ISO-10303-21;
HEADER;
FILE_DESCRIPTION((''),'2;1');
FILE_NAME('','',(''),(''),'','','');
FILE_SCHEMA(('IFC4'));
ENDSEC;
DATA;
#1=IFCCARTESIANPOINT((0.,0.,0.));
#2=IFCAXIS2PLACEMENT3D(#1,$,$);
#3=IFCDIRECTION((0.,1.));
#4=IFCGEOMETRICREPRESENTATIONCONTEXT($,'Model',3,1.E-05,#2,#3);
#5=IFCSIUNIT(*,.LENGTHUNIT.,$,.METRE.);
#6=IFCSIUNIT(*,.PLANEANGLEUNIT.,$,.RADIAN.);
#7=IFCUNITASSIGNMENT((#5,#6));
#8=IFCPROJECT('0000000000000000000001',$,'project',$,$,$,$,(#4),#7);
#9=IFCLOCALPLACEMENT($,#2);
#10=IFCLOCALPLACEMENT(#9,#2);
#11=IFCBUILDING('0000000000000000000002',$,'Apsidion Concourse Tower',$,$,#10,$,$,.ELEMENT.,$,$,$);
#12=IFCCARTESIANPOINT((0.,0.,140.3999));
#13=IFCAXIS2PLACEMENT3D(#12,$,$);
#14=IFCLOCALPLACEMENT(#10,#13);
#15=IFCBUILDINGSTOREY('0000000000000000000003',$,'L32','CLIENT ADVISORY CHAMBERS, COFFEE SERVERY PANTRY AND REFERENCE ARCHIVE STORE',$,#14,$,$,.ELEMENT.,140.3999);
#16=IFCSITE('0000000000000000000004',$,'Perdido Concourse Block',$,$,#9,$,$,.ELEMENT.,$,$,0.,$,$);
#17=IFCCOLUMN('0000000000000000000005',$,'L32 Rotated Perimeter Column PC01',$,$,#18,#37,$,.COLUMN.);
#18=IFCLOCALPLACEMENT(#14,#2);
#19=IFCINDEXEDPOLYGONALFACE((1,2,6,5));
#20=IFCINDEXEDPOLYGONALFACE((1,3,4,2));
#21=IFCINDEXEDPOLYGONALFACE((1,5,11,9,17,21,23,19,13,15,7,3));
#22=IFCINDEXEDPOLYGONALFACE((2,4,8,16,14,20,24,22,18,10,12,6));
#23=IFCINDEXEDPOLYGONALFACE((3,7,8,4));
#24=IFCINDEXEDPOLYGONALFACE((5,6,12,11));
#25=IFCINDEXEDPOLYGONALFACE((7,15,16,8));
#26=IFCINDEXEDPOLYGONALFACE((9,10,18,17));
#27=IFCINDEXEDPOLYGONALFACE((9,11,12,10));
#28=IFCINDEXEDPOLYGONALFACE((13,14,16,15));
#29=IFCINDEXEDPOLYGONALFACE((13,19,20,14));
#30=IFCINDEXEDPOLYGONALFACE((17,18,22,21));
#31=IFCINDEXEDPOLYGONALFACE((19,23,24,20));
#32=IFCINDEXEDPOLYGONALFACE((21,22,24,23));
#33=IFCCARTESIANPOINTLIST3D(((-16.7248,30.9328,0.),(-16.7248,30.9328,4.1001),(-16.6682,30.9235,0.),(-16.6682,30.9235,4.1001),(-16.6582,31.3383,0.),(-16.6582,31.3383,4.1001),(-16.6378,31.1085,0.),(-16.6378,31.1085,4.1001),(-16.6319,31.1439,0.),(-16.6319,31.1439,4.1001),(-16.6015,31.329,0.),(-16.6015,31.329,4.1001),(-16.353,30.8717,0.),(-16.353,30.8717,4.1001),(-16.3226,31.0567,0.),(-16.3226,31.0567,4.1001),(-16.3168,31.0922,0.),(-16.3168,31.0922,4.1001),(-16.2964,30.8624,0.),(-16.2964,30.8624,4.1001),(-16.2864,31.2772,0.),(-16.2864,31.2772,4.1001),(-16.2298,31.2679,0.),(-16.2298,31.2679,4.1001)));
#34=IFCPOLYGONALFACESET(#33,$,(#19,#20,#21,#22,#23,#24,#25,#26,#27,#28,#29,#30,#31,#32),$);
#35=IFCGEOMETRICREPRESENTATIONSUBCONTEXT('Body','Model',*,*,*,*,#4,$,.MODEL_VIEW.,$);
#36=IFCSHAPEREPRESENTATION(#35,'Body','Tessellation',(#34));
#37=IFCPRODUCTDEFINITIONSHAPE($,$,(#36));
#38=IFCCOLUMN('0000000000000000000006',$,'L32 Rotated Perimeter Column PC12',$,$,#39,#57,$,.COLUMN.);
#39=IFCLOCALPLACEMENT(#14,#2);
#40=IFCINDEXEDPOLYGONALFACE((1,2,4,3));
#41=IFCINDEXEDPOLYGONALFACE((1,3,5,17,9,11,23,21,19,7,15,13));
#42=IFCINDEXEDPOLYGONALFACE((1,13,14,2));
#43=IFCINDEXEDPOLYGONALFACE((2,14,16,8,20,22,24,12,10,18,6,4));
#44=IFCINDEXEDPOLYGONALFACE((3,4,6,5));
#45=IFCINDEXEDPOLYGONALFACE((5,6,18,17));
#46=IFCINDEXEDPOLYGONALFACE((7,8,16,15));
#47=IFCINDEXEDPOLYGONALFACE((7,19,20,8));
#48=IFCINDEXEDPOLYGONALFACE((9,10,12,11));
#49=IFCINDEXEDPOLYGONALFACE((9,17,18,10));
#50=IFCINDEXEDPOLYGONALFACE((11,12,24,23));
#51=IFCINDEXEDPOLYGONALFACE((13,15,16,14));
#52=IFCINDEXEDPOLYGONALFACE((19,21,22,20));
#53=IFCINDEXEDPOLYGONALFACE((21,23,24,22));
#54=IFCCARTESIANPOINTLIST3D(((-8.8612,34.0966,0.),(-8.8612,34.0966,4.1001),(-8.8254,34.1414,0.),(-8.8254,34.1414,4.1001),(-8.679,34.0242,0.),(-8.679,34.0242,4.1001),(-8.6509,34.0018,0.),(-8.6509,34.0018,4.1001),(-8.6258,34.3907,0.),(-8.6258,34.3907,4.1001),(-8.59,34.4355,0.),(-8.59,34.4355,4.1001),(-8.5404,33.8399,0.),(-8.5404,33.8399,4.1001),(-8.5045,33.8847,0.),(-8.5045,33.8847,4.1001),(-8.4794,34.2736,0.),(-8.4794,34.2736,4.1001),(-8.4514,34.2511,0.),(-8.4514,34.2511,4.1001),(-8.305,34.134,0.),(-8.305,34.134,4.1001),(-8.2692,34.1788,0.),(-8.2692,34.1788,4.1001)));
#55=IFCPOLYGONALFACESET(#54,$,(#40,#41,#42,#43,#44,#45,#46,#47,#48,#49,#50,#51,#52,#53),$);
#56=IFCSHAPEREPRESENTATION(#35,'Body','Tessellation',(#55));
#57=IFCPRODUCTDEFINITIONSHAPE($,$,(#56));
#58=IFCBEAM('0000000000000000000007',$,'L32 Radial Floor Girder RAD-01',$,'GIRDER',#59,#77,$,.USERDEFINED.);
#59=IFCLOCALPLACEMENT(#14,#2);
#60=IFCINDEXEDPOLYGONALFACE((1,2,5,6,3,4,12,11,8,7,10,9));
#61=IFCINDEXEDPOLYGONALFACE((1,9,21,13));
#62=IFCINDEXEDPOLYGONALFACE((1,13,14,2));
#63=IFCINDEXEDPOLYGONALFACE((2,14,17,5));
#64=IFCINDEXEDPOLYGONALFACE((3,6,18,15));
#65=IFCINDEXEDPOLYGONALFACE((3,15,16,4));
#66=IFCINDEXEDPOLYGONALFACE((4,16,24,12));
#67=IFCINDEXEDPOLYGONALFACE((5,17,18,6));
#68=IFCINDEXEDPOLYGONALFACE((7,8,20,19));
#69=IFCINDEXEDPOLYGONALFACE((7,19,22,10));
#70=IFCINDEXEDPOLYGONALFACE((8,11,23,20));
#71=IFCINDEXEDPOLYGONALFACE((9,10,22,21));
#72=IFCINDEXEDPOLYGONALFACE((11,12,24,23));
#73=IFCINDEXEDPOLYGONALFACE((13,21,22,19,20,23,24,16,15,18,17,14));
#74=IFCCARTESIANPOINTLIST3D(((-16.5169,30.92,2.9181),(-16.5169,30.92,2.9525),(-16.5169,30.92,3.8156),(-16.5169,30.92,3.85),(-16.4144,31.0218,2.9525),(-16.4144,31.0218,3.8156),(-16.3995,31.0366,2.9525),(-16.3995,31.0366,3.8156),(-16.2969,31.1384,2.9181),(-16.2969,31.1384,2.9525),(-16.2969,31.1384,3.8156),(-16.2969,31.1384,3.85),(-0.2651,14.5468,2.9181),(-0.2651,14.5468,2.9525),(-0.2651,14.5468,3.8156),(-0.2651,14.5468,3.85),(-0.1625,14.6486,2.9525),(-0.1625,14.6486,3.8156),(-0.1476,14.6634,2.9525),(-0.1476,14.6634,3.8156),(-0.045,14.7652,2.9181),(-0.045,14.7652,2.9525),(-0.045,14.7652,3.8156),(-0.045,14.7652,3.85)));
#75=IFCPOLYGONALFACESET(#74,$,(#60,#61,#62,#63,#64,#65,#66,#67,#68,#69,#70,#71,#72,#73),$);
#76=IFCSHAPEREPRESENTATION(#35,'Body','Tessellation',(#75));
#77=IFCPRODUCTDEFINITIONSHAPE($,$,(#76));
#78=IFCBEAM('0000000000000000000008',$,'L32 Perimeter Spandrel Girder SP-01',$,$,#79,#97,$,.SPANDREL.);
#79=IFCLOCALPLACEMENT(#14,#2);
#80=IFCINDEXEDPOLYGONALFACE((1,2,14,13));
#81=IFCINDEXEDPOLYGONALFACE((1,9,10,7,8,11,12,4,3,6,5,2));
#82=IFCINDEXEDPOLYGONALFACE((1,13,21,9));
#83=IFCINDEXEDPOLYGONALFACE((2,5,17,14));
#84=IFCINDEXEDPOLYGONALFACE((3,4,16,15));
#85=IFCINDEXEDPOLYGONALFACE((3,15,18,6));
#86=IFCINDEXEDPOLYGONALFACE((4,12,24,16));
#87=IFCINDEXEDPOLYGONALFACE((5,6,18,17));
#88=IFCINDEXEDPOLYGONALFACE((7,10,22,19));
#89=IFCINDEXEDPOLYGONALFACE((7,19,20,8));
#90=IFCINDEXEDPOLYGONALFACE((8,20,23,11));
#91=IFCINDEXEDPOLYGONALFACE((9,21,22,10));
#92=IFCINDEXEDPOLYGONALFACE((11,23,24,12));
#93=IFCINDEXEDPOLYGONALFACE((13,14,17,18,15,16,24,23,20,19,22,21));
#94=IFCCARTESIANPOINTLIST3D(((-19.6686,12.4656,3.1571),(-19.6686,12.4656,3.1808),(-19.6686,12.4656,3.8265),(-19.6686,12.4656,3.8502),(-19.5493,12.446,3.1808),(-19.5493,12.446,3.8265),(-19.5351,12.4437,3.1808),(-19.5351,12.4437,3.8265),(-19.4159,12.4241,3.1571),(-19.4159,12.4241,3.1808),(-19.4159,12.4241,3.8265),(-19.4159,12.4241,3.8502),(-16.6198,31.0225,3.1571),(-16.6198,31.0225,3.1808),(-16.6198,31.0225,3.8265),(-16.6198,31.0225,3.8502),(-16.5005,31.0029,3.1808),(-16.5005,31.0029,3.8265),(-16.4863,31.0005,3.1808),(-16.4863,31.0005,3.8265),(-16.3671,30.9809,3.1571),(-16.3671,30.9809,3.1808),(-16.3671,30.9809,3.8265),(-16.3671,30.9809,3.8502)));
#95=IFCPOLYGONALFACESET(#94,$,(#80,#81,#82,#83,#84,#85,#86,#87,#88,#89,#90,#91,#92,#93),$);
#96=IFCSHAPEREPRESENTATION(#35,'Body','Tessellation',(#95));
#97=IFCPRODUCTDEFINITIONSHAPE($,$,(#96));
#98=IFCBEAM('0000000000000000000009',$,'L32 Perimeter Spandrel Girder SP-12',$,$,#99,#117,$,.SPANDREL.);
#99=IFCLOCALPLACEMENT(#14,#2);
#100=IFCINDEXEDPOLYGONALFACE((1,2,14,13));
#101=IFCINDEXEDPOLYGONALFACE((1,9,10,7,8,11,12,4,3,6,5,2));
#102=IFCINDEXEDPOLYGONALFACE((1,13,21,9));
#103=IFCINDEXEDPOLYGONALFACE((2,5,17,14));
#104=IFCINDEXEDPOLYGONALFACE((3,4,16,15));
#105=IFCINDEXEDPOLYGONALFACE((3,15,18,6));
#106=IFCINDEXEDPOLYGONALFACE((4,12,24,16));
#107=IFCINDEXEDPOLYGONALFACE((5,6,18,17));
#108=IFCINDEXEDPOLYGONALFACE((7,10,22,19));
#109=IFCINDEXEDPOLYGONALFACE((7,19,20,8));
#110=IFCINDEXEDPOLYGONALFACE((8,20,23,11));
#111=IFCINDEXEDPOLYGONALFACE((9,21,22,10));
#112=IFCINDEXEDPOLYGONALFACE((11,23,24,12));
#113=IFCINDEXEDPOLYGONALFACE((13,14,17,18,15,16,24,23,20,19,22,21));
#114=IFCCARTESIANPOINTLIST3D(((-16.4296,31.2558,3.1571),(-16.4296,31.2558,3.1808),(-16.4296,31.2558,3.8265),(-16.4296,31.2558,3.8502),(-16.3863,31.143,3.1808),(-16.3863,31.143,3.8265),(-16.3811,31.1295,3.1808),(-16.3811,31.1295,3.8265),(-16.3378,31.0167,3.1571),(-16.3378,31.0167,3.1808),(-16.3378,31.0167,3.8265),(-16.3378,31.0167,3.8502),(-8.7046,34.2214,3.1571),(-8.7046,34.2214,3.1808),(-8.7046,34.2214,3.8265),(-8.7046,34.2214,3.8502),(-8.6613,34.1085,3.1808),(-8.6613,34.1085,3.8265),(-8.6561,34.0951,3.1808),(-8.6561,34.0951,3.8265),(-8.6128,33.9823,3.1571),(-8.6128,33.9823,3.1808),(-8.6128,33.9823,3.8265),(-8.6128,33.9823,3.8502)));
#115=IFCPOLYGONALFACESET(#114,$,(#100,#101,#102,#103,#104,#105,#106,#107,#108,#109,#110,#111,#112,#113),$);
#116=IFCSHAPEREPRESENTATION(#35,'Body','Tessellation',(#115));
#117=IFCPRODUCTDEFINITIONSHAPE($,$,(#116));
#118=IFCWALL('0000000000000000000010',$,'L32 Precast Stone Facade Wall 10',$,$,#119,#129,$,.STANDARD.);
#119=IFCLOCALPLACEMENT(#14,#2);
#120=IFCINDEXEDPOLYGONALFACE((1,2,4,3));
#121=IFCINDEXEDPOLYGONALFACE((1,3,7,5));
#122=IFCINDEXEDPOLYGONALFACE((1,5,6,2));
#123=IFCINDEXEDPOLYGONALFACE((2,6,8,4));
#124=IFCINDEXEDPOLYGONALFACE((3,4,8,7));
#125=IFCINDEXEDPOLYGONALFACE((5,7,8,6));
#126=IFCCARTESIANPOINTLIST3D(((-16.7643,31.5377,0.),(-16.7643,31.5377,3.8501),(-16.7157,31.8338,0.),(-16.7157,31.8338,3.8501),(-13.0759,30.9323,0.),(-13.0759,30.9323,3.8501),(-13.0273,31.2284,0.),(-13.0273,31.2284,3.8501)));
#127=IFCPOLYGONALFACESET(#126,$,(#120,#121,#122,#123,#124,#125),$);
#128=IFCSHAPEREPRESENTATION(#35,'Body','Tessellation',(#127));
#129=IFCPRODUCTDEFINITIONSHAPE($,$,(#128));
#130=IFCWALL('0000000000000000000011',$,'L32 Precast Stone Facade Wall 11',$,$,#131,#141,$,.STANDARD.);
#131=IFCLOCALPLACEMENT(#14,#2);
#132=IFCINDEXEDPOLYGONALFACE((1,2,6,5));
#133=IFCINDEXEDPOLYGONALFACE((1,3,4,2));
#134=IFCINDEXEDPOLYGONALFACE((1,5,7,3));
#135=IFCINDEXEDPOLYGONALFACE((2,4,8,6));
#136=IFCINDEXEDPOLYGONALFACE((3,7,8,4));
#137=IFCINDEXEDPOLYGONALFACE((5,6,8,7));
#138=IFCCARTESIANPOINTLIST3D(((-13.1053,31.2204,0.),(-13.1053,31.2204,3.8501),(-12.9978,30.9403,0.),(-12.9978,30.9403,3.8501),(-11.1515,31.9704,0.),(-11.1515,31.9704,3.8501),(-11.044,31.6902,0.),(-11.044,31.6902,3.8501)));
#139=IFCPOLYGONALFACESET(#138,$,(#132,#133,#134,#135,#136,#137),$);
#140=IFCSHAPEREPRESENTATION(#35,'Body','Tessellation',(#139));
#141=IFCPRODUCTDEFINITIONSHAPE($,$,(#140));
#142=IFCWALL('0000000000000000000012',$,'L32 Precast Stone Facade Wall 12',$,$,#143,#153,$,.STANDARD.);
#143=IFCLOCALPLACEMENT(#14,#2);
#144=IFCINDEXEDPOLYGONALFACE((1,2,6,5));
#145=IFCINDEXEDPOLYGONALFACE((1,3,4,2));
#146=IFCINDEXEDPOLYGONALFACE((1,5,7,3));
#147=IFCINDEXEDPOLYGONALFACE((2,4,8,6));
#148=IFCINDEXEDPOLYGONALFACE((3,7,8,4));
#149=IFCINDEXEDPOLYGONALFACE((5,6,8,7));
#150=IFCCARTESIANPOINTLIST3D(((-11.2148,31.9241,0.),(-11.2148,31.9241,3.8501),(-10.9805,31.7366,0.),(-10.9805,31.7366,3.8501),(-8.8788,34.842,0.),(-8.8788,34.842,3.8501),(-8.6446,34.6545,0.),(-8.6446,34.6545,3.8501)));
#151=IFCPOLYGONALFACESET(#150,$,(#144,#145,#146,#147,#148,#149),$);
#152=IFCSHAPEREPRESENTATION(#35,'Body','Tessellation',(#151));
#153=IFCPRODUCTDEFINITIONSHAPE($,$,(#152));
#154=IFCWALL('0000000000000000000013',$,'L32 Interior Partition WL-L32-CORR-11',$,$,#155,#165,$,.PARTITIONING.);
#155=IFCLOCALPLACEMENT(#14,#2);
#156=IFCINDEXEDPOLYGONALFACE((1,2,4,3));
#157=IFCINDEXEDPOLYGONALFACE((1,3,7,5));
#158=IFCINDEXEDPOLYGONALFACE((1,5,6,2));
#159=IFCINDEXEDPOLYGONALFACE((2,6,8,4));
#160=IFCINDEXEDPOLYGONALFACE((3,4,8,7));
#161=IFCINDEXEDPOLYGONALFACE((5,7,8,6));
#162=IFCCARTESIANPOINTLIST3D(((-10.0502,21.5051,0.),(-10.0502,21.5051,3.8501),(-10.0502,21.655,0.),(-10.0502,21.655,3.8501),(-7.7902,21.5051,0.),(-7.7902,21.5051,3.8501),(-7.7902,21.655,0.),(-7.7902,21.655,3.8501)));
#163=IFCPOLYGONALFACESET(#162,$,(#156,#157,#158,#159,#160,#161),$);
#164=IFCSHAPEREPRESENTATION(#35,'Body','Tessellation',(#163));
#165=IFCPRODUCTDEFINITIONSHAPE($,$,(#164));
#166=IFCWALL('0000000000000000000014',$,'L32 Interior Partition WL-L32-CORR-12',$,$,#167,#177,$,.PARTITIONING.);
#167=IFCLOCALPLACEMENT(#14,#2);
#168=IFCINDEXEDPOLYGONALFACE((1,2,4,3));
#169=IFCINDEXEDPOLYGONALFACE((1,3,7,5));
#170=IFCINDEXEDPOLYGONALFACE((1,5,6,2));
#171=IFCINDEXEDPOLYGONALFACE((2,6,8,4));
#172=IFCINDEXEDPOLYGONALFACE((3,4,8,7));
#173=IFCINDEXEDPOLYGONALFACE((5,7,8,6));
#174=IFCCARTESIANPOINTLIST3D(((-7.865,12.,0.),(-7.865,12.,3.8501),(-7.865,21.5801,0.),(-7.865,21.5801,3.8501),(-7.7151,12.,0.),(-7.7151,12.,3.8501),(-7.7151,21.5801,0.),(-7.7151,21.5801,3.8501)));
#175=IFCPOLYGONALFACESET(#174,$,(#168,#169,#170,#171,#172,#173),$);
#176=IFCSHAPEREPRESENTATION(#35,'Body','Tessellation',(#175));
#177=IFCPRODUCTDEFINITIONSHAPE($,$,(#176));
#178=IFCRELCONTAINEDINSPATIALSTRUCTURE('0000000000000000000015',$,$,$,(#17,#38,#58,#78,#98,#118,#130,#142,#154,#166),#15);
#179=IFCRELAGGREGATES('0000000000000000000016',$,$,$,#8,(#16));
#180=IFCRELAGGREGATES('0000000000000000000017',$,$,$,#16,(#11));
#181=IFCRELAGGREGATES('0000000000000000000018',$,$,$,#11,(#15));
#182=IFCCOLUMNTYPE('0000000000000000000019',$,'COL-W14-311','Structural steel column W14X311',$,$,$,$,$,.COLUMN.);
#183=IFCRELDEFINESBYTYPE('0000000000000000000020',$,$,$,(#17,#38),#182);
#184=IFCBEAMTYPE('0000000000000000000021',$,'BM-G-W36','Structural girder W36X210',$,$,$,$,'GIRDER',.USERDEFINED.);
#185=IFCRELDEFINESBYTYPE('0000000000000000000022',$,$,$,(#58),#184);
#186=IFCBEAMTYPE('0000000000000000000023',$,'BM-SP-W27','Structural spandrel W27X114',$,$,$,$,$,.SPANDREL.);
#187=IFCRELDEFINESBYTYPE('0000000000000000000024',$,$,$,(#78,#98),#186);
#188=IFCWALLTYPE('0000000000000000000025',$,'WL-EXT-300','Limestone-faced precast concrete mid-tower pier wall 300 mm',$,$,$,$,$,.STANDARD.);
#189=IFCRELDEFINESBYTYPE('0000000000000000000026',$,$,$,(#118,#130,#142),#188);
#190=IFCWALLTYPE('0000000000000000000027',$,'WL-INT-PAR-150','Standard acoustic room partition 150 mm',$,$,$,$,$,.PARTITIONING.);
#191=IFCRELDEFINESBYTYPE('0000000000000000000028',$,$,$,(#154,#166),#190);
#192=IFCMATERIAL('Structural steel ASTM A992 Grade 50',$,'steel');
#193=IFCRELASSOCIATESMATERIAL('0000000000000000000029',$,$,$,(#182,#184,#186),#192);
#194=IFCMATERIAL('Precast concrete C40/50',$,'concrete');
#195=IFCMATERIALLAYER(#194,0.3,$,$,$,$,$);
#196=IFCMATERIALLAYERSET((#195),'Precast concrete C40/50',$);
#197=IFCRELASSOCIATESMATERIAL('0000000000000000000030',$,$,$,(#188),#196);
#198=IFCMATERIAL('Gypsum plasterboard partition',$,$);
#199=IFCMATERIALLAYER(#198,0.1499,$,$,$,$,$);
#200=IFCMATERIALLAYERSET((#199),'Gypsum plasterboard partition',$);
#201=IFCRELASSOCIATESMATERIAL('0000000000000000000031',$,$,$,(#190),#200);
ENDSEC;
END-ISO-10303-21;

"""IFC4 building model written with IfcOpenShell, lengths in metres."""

from ifc_helpers import new_model, si_unit, direction, frame, frame_2d, origin, origin_2d, place, context, subcontext, project, spatial, rectangle, i_section, extrude, material, layer, layer_set, material_profile, profile_set, type_object, element, save


model = new_model("IFC4")

# Units and contexts
model_context = context("Model", 3, precision=1e-05, world=origin(), true_north=direction((0.0, 1.0)))
body_context = subcontext(model_context, "Body", "Model", "MODEL_VIEW")
ifc_project = project(units=[si_unit("LENGTHUNIT", "METRE"), si_unit("PLANEANGLEUNIT", "RADIAN")], contexts=[model_context])

# Site, building, storey
site_placement = place(None, origin())
site = spatial("IfcSite", under=ifc_project, at=site_placement, Name="Perdido Concourse Block", CompositionType="ELEMENT", RefElevation=0.0)
building_placement = place(site_placement, origin())
building = spatial("IfcBuilding", under=site, at=building_placement, Name="Apsidion Concourse Tower", CompositionType="ELEMENT")
storey_placement = place(building_placement, frame((0.0, 0.0, 140.3999)))
storey = spatial("IfcBuildingStorey", under=building, at=storey_placement, Name="L32", Description="CLIENT ADVISORY CHAMBERS, COFFEE SERVERY PANTRY AND REFERENCE ARCHIVE STORE", CompositionType="ELEMENT", Elevation=140.3999)

# Columns
ifc_material_1 = material(Name="Structural steel ASTM A992 Grade 50", Category="steel")
ifc_material_profile_1 = material_profile(ifc_material_1, i_section(OverallWidth=0.4109, OverallDepth=0.4341, WebThickness=0.0359, FlangeThickness=0.0574, at=origin_2d()), Name="W14X311")
ifc_profile_set_1 = profile_set([ifc_material_profile_1], Name="Structural steel ASTM A992 Grade 50")
column_type = type_object("IfcColumnType", Name="COL-W14-311", Description="Structural steel column W14X311", PredefinedType="COLUMN", material=ifc_profile_set_1)
for number, where, z_axis, x_axis, name in (
    (1, (-16.4773, 31.1003, 0.0), (0.0, 0.0, 1.0), (0.162121, 0.986771, 0.0), "L32 Rotated Perimeter Column PC01"),
    (2, (-8.5652, 34.1377, 0.0), (0.0, 0.0, 1.0), (-0.780758, 0.624834, 0.0), "L32 Rotated Perimeter Column PC12"),
):
    element("IfcColumn", number, at=place(storey_placement, frame(where, z_axis=z_axis, x_axis=x_axis)), inside=storey, type_object=column_type, Name=name, PredefinedType="COLUMN", context=body_context, shape_type="SweptSolid", body=[
        extrude(i_section(OverallWidth=0.4109, OverallDepth=0.4341, WebThickness=0.0359, FlangeThickness=0.0574, at=origin_2d()), origin(), (0.0, 0.0, 1.0), 4.1001),
    ])

# Beams
ifc_material_profile_2 = material_profile(ifc_material_1, i_section(OverallWidth=0.3101, OverallDepth=0.9319, WebThickness=0.021, FlangeThickness=0.0344, at=origin_2d()), Name="W36X210")
ifc_profile_set_2 = profile_set([ifc_material_profile_2], Name="Structural steel ASTM A992 Grade 50")
beam_type_1 = type_object("IfcBeamType", Name="BM-G-W36", Description="Structural girder W36X210", ElementType="GIRDER", PredefinedType="USERDEFINED", material=ifc_profile_set_2)
beam_1_placement = place(storey_placement, frame((-0.155, 14.656, 3.384), z_axis=(-0.704472, 0.709732, 0.0), x_axis=(-0.709732, -0.704472, 0.0)))
element("IfcBeam", 3, at=beam_1_placement, inside=storey, type_object=beam_type_1, Name="L32 Radial Floor Girder RAD-01", ObjectType="GIRDER", PredefinedType="USERDEFINED", context=body_context, shape_type="SweptSolid", body=[
    extrude(i_section(OverallWidth=0.3101, OverallDepth=0.9319, WebThickness=0.021, FlangeThickness=0.0344, at=origin_2d()), origin(), (0.0, 0.0, 1.0), 23.0696),
])
ifc_material_profile_3 = material_profile(ifc_material_1, i_section(OverallWidth=0.2561, OverallDepth=0.6931, WebThickness=0.0144, FlangeThickness=0.0237, at=origin_2d()), Name="W27X114")
ifc_profile_set_3 = profile_set([ifc_material_profile_3], Name="Structural steel ASTM A992 Grade 50")
beam_type_2 = type_object("IfcBeamType", Name="BM-SP-W27", Description="Structural spandrel W27X114", PredefinedType="SPANDREL", material=ifc_profile_set_3)
beam_2_placement = place(storey_placement, frame((-16.4934, 31.0017, 3.5037), z_axis=(-0.162123, -0.986771, 0.0), x_axis=(0.986771, -0.162123, 0.0)))
element("IfcBeam", 4, at=beam_2_placement, inside=storey, type_object=beam_type_2, Name="L32 Perimeter Spandrel Girder SP-01", PredefinedType="SPANDREL", context=body_context, shape_type="SweptSolid", body=[
    extrude(i_section(OverallWidth=0.2561, OverallDepth=0.6931, WebThickness=0.0144, FlangeThickness=0.0237, at=origin_2d()), origin(), (0.0, 0.0, 1.0), 18.8057),
])
beam_3_placement = place(storey_placement, frame((-8.6587, 34.1018, 3.5037), z_axis=(-0.933573, -0.358388, 0.0), x_axis=(0.358388, -0.933573, 0.0)))
element("IfcBeam", 5, at=beam_3_placement, inside=storey, type_object=beam_type_2, Name="L32 Perimeter Spandrel Girder SP-12", PredefinedType="SPANDREL", context=body_context, shape_type="SweptSolid", body=[
    extrude(i_section(OverallWidth=0.2561, OverallDepth=0.6931, WebThickness=0.0144, FlangeThickness=0.0237, at=origin_2d()), origin(), (0.0, 0.0, 1.0), 8.2747),
])

# Shared definitions
ifc_material_2 = material(Name="Precast concrete C40/50", Category="concrete")
ifc_layer_1 = layer(ifc_material_2, 0.3)
ifc_layer_set_1 = layer_set([ifc_layer_1], Name="Precast concrete C40/50")
wall_type_1 = type_object("IfcWallType", Name="WL-EXT-300", Description="Limestone-faced precast concrete mid-tower pier wall 300 mm", PredefinedType="STANDARD", material=ifc_layer_set_1)

# Walls
wall_1_placement = place(storey_placement, frame((-16.74, 31.6858, 0.0), z_axis=(0.0, 0.0, 1.0), x_axis=(0.986793, -0.161984, 0.0)))
element("IfcWall", 6, at=wall_1_placement, inside=storey, type_object=wall_type_1, Name="L32 Precast Stone Facade Wall 10", PredefinedType="STANDARD", context=body_context, shape_type="SweptSolid", body=[
    extrude(rectangle(XDim=3.7378, YDim=0.3, at=frame_2d((1.8689, 0.0))), origin(), (0.0, 0.0, 1.0), 3.8501),
])
wall_2_placement = place(storey_placement, frame((-13.0515, 31.0803, 0.0), z_axis=(0.0, 0.0, 1.0), x_axis=(0.933583, 0.358361, 0.0)))
element("IfcWall", 7, at=wall_2_placement, inside=storey, type_object=wall_type_1, Name="L32 Precast Stone Facade Wall 11", PredefinedType="STANDARD", context=body_context, shape_type="SweptSolid", body=[
    extrude(rectangle(XDim=2.0928, YDim=0.3, at=frame_2d((1.0464, 0.0))), origin(), (0.0, 0.0, 1.0), 3.8501),
])
wall_3_placement = place(storey_placement, frame((-11.0977, 31.8303, 0.0), z_axis=(0.0, 0.0, 1.0), x_axis=(0.62495, 0.780665, 0.0)))
element("IfcWall", 8, at=wall_3_placement, inside=storey, type_object=wall_type_1, Name="L32 Precast Stone Facade Wall 12", PredefinedType="STANDARD", context=body_context, shape_type="SweptSolid", body=[
    extrude(rectangle(XDim=3.7378, YDim=0.3, at=frame_2d((1.8689, 0.0))), origin(), (0.0, 0.0, 1.0), 3.8501),
])
ifc_material_3 = material(Name="Gypsum plasterboard partition")
ifc_layer_2 = layer(ifc_material_3, 0.1499)
ifc_layer_set_2 = layer_set([ifc_layer_2], Name="Gypsum plasterboard partition")
wall_type_2 = type_object("IfcWallType", Name="WL-INT-PAR-150", Description="Standard acoustic room partition 150 mm", PredefinedType="PARTITIONING", material=ifc_layer_set_2)
wall_4_placement = place(storey_placement, frame((-10.05, 21.5801, 0.0), z_axis=(0.0, 0.0, 1.0), x_axis=(1.0, 0.0, 0.0)))
element("IfcWall", 9, at=wall_4_placement, inside=storey, type_object=wall_type_2, Name="L32 Interior Partition WL-L32-CORR-11", PredefinedType="PARTITIONING", context=body_context, shape_type="SweptSolid", body=[
    extrude(rectangle(XDim=2.26, YDim=0.1499, at=frame_2d((1.1299, 0.0))), origin(), (0.0, 0.0, 1.0), 3.8501),
])
wall_5_placement = place(storey_placement, frame((-7.79, 21.5801, 0.0), z_axis=(0.0, 0.0, 1.0), x_axis=(0.0, -1.0, 0.0)))
element("IfcWall", 10, at=wall_5_placement, inside=storey, type_object=wall_type_2, Name="L32 Interior Partition WL-L32-CORR-12", PredefinedType="PARTITIONING", context=body_context, shape_type="SweptSolid", body=[
    extrude(rectangle(XDim=9.5801, YDim=0.1499, at=frame_2d((4.79, 0.0))), origin(), (0.0, 0.0, 1.0), 3.8501),
])

save(model, "model.ifc")
